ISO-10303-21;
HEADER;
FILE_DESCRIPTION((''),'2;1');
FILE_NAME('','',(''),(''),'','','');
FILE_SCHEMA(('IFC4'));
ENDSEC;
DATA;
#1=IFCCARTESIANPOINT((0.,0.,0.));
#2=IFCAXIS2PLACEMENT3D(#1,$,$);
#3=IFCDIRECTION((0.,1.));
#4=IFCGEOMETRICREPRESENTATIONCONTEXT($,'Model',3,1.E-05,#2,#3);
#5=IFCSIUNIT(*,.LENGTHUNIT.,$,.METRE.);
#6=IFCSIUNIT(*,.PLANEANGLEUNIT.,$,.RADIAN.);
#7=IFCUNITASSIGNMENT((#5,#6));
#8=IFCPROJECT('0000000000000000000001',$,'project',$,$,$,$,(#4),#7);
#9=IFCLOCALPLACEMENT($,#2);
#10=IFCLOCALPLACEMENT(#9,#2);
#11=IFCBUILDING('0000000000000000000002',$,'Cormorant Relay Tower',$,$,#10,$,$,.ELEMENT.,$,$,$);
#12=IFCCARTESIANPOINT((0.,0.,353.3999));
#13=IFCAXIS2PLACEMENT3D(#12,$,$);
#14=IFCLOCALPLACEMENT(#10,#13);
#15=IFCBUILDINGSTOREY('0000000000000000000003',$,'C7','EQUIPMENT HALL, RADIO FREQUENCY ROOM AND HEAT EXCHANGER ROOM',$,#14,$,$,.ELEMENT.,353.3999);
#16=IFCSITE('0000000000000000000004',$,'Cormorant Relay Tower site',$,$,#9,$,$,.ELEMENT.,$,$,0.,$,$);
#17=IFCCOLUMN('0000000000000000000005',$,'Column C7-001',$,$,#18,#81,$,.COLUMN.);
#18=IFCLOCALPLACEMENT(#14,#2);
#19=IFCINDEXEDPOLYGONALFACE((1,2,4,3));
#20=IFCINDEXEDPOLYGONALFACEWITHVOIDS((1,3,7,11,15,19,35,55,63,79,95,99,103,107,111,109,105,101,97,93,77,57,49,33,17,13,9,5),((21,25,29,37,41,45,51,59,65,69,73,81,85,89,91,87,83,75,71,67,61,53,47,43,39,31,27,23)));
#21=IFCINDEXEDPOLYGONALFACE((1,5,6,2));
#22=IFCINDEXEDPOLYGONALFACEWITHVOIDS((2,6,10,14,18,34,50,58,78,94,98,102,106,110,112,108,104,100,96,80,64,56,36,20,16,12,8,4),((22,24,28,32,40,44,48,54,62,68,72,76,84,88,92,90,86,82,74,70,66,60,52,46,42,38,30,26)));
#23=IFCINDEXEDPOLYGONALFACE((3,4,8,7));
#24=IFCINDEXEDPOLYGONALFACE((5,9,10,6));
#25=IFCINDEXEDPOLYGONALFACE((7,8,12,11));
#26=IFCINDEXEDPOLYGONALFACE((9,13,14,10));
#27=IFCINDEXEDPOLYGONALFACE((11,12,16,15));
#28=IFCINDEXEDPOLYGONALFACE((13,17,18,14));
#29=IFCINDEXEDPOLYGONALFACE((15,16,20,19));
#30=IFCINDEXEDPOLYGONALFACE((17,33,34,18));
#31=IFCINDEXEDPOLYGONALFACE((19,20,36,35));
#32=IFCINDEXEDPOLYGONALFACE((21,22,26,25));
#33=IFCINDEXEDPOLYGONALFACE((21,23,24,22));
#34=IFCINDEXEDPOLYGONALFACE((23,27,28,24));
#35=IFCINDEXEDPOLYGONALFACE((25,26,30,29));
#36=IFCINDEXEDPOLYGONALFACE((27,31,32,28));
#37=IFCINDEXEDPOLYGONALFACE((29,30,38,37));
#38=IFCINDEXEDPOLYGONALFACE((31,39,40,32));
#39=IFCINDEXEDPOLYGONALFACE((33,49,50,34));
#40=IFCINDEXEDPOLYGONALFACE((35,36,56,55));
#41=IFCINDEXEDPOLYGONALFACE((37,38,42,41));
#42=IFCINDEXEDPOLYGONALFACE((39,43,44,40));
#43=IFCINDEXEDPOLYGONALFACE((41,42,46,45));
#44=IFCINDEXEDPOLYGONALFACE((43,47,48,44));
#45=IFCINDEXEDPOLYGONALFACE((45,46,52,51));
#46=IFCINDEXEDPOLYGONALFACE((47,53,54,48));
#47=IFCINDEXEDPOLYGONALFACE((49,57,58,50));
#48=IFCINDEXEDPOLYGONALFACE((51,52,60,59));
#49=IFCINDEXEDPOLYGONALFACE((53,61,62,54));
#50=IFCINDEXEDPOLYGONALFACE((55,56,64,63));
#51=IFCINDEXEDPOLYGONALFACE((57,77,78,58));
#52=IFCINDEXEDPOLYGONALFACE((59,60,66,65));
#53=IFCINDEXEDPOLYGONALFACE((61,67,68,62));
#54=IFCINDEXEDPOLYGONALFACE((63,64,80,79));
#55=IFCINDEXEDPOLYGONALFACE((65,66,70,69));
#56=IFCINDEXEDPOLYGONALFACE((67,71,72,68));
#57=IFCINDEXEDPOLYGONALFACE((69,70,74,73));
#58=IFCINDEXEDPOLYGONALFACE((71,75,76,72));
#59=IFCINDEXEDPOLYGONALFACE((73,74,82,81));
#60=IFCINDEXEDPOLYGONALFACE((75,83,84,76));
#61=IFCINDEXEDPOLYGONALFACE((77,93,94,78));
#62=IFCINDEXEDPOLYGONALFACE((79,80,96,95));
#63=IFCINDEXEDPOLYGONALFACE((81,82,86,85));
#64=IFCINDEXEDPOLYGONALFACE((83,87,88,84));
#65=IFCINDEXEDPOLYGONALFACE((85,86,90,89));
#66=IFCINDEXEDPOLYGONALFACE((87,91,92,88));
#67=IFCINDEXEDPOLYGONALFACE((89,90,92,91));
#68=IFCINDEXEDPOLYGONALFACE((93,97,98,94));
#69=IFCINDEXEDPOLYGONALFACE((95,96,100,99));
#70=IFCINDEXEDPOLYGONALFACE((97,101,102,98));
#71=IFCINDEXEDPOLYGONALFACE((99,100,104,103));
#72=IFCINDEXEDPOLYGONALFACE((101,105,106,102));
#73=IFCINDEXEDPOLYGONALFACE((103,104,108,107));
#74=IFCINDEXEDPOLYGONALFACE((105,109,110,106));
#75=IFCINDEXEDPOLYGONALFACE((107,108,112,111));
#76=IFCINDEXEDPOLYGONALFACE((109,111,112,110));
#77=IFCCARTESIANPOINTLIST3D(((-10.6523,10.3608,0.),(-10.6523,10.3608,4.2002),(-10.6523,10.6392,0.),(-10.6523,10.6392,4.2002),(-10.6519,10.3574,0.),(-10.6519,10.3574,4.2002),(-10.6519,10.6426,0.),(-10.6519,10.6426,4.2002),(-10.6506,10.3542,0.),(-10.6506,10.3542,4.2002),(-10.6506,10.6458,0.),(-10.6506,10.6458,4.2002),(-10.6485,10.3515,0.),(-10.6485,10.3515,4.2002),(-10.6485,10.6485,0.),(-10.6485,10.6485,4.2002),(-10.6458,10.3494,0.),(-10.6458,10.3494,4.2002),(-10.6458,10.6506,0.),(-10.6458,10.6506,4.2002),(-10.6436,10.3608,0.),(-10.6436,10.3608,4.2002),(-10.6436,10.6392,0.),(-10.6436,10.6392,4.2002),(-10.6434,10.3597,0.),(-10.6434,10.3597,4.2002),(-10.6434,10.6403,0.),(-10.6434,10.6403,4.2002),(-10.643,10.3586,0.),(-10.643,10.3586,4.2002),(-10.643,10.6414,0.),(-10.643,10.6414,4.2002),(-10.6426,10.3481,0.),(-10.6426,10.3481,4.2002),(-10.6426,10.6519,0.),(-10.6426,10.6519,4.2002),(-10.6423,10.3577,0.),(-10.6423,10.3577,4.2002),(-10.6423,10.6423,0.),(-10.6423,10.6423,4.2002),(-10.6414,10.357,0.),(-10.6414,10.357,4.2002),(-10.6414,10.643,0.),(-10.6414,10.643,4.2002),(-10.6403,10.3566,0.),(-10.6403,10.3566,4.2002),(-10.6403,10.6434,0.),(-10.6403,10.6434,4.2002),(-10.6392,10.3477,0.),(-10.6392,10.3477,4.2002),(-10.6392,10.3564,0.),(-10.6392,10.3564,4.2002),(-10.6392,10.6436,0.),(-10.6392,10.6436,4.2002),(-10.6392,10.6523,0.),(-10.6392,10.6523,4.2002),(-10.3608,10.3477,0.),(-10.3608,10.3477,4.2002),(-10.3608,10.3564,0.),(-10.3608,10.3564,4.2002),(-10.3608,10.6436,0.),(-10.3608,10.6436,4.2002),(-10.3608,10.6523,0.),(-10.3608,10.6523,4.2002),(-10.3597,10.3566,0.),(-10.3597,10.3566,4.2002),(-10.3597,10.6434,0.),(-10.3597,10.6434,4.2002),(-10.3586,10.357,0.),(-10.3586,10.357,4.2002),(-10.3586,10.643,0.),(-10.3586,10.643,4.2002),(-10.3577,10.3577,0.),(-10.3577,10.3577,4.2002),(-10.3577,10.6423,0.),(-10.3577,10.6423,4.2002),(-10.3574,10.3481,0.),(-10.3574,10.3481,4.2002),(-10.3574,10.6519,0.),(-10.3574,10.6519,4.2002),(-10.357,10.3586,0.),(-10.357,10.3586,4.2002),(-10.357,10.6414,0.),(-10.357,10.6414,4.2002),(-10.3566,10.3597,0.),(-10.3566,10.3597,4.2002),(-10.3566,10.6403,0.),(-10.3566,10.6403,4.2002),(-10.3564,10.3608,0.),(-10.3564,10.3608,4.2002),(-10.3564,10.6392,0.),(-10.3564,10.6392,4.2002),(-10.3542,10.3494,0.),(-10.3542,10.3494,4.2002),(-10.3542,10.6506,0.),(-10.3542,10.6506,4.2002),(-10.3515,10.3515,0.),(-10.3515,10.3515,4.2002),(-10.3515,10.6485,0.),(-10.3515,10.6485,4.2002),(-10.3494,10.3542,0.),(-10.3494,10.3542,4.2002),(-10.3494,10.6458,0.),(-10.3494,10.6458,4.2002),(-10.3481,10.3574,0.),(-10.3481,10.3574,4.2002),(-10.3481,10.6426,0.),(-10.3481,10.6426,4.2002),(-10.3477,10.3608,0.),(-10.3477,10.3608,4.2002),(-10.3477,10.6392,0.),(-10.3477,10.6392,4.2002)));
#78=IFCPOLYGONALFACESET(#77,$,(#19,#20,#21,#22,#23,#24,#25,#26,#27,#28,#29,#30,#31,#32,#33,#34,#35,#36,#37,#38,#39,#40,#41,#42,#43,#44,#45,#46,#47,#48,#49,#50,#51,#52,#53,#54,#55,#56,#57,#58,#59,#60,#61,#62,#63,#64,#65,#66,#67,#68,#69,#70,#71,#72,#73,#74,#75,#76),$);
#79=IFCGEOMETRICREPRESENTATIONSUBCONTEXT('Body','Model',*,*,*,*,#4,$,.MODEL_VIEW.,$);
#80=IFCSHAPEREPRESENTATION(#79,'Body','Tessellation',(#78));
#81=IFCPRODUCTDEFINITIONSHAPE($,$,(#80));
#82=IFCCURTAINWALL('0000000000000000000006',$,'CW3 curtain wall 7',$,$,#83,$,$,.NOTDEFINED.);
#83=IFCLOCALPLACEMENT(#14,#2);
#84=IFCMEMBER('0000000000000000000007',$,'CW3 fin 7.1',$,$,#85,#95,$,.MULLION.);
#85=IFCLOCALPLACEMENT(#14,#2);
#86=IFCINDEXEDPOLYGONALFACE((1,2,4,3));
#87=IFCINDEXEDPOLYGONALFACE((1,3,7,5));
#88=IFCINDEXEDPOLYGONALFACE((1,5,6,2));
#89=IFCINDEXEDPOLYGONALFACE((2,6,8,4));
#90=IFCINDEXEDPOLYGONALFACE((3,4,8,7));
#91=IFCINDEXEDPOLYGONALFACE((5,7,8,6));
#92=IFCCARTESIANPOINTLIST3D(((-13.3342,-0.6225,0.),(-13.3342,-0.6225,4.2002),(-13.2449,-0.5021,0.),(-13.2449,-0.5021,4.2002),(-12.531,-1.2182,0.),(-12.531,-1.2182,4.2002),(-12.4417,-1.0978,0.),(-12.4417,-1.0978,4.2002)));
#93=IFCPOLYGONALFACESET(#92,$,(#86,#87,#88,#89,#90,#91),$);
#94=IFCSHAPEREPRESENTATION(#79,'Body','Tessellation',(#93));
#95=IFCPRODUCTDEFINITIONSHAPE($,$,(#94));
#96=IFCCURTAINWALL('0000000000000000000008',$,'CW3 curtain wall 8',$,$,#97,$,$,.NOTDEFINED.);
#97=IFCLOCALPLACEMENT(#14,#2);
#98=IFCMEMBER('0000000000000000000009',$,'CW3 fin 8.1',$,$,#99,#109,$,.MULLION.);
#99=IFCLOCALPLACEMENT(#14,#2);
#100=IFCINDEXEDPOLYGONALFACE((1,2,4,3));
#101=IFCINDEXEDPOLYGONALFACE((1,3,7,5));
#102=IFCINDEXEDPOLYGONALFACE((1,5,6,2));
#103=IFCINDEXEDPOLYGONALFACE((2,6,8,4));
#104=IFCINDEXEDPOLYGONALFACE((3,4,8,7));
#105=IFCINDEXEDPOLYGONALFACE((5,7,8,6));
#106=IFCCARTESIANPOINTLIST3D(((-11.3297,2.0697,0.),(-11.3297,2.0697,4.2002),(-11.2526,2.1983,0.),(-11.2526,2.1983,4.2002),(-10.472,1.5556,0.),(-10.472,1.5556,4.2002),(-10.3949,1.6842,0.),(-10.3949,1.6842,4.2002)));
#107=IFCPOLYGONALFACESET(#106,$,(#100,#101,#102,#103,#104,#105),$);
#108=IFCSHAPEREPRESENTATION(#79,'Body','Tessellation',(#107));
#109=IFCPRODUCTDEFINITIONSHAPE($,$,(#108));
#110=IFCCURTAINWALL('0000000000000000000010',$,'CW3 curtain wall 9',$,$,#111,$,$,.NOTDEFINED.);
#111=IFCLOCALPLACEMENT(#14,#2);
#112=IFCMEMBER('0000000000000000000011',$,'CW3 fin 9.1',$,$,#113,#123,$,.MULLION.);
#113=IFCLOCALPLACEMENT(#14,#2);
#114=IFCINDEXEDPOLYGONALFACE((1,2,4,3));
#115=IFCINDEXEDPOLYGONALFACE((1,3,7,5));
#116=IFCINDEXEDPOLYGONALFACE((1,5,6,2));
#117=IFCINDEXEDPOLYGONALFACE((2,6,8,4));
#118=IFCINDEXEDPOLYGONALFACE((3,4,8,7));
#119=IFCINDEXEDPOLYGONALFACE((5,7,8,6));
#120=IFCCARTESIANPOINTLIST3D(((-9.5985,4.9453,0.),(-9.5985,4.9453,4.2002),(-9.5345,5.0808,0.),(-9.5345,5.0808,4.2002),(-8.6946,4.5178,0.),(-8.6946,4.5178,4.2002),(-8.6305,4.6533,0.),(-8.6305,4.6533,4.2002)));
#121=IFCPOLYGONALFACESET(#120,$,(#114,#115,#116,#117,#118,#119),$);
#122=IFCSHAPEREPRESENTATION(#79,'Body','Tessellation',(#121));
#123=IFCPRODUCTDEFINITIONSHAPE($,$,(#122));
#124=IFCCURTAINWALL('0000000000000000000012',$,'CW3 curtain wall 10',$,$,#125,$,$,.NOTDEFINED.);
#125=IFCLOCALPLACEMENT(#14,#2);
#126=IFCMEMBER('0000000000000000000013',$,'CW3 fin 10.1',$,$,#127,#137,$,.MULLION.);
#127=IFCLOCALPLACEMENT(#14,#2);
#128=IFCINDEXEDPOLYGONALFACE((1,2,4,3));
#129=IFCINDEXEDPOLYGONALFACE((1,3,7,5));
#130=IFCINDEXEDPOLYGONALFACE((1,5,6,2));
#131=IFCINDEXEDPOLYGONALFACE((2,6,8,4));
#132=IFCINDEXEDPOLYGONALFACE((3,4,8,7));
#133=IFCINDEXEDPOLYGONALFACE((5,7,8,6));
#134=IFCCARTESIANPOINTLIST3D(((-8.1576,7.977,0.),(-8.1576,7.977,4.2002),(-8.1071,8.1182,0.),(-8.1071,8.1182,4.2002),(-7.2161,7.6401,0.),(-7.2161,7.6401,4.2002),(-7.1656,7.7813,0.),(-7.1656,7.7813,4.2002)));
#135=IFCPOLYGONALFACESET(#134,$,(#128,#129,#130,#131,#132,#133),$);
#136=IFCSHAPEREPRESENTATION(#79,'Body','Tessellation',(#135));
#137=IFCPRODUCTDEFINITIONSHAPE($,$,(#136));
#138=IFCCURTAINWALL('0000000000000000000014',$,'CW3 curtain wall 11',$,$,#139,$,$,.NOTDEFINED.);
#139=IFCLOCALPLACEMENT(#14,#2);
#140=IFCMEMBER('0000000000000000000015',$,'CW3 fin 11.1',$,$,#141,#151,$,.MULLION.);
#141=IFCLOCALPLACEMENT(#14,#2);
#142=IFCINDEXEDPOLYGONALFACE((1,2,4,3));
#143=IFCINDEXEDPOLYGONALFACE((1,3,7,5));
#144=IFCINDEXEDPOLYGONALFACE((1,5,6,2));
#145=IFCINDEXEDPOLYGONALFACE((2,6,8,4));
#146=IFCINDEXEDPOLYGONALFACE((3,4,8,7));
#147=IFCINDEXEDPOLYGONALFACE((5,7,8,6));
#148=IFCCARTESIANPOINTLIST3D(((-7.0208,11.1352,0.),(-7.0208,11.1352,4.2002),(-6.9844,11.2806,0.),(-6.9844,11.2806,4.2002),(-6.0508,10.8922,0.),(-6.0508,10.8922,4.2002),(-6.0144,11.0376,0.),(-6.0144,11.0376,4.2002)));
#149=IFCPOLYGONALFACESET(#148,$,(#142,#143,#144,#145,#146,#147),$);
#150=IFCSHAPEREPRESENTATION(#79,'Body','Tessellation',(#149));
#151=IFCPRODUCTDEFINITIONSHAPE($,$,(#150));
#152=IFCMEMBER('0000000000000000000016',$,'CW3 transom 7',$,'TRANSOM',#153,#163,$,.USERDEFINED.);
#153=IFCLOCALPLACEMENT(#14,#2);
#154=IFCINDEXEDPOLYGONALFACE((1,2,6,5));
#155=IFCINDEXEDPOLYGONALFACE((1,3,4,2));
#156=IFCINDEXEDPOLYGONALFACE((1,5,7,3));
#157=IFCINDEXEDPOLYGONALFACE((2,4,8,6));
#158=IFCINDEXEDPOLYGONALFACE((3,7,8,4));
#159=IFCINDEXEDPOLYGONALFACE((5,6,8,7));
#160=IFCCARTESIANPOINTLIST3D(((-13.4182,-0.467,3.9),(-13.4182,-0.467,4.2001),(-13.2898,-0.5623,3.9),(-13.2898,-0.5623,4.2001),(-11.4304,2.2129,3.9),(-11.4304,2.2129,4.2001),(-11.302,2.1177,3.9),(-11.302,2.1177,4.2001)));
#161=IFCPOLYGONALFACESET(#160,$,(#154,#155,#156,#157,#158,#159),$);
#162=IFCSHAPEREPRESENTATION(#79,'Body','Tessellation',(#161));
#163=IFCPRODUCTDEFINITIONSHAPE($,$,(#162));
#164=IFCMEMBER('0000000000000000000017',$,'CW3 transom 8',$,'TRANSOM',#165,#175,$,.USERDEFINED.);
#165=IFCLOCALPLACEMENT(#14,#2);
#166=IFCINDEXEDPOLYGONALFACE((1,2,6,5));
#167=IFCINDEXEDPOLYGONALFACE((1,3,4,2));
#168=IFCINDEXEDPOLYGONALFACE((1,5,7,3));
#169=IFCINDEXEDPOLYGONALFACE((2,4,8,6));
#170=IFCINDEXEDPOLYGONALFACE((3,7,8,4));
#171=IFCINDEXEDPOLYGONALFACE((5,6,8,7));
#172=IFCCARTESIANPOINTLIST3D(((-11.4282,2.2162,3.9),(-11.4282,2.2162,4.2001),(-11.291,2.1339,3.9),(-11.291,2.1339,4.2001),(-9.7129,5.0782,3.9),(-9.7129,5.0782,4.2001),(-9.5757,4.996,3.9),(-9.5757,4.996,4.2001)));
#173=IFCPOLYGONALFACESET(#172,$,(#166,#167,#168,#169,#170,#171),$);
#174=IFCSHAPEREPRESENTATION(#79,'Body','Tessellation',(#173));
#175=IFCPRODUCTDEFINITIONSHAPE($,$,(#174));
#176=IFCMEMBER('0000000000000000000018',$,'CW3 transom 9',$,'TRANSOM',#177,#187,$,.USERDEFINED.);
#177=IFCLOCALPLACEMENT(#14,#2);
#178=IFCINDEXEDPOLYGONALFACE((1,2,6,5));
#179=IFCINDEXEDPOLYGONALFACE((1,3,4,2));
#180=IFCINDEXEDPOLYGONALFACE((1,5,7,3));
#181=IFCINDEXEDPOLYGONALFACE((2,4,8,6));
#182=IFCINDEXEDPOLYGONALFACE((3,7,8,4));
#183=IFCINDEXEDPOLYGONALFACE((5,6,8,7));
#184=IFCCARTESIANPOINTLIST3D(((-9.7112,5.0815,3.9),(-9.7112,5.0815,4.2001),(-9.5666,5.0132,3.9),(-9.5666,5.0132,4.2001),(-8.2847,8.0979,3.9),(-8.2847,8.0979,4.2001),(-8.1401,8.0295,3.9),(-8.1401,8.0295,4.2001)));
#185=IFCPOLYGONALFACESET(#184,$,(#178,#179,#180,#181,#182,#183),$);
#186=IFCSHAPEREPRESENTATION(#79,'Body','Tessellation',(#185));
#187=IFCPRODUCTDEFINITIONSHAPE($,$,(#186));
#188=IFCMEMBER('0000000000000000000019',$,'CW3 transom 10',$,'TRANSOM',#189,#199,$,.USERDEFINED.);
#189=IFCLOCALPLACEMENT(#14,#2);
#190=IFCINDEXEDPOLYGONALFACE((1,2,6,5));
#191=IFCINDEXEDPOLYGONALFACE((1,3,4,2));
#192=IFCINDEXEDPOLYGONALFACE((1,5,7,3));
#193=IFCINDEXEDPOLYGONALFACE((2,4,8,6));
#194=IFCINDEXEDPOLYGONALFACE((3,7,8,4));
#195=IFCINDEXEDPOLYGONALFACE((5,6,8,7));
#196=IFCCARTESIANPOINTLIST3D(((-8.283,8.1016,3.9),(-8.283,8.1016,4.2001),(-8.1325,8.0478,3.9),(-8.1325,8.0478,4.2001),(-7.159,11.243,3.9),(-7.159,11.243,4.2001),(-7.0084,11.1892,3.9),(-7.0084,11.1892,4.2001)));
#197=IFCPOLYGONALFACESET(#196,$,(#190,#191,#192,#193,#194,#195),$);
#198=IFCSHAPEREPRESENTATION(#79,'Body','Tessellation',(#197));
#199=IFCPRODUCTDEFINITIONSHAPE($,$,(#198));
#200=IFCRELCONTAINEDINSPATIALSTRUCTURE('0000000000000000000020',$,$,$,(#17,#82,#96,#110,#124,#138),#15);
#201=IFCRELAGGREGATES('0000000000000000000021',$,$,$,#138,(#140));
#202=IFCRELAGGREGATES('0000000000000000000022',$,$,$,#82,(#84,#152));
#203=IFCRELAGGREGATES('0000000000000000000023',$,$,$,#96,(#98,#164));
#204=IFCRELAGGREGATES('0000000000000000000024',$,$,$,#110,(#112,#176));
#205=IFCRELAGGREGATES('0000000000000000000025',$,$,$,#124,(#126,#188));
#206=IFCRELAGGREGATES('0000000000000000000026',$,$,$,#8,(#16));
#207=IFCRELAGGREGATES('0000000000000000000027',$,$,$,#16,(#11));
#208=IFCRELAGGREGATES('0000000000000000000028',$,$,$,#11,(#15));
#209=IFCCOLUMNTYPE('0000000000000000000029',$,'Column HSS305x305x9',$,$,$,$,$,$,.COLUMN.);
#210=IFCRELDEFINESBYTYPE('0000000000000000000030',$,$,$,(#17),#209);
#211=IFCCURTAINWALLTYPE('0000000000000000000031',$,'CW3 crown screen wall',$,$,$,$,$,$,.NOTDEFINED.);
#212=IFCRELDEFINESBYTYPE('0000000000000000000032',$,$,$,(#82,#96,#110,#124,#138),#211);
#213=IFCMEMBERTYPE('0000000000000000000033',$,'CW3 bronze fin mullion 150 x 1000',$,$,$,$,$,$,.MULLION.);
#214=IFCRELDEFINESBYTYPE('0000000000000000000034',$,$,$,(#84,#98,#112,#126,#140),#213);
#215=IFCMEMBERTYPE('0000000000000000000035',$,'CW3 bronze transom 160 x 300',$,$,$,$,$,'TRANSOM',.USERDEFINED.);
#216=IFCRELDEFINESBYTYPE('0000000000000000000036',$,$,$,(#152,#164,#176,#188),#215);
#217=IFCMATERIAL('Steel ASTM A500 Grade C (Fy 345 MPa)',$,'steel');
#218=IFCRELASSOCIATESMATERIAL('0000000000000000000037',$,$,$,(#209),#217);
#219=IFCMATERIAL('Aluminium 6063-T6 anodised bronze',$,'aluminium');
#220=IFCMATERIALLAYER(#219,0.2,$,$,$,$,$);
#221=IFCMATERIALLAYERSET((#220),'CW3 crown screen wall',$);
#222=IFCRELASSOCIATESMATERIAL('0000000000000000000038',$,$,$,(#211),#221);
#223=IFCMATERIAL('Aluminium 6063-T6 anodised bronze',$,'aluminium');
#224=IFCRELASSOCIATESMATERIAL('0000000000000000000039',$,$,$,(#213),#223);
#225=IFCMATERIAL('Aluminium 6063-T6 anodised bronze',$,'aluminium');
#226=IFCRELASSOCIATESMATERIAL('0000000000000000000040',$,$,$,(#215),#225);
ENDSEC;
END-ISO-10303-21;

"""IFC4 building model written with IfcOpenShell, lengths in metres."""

from ifc_helpers import new_model, si_unit, direction, frame, origin, origin_2d, place, context, subcontext, project, spatial, rectangle, hollow_rectangle, extrude, material, layer, layer_set, material_profile, profile_set, type_object, element, aggregate, save


model = new_model("IFC4")

# Units and contexts
model_context = context("Model", 3, precision=1e-05, world=origin(), true_north=direction((0.0, 1.0)))
body_context = subcontext(model_context, "Body", "Model", "MODEL_VIEW")
ifc_project = project(units=[si_unit("LENGTHUNIT", "METRE"), si_unit("PLANEANGLEUNIT", "RADIAN")], contexts=[model_context])

# Site, building, storey
site_placement = place(None, origin())
site = spatial("IfcSite", under=ifc_project, at=site_placement, Name="Cormorant Relay Tower site", CompositionType="ELEMENT", RefElevation=0.0)
building_placement = place(site_placement, origin())
building = spatial("IfcBuilding", under=site, at=building_placement, Name="Cormorant Relay Tower", CompositionType="ELEMENT")
storey_placement = place(building_placement, frame((0.0, 0.0, 353.3999)))
storey = spatial("IfcBuildingStorey", under=building, at=storey_placement, Name="C7", Description="EQUIPMENT HALL, RADIO FREQUENCY ROOM AND HEAT EXCHANGER ROOM", CompositionType="ELEMENT", Elevation=353.3999)

# Column
ifc_material_1 = material(Name="Steel ASTM A500 Grade C (Fy 345 MPa)", Category="steel")
ifc_material_profile_1 = material_profile(ifc_material_1, hollow_rectangle(XDim=0.3047, YDim=0.3047, WallThickness=0.0088, InnerFilletRadius=0.0044, OuterFilletRadius=0.0132, at=origin_2d()), Name="HSS305x305x9")
ifc_profile_set_1 = profile_set([ifc_material_profile_1], Name="Steel ASTM A500 Grade C (Fy 345 MPa)")
column_type = type_object("IfcColumnType", Name="Column HSS305x305x9", PredefinedType="COLUMN", material=ifc_profile_set_1)
column_placement = place(storey_placement, frame((-10.5, 10.5, 0.0), z_axis=(0.0, 0.0, 1.0), x_axis=(1.0, 0.0, 0.0)))
element("IfcColumn", 1, at=column_placement, inside=storey, type_object=column_type, Name="Column C7-001", PredefinedType="COLUMN", context=body_context, shape_type="SweptSolid", body=[
    extrude(hollow_rectangle(XDim=0.3047, YDim=0.3047, WallThickness=0.0088, InnerFilletRadius=0.0044, OuterFilletRadius=0.0132, at=origin_2d()), origin(), (0.0, 0.0, 1.0), 4.2002),
])

# Curtain walls, members
ifc_material_2 = material(Name="Aluminium 6063-T6 anodised bronze", Category="aluminium")
ifc_layer_1 = layer(ifc_material_2, 0.2)
ifc_layer_set_1 = layer_set([ifc_layer_1], Name="CW3 crown screen wall")
curtain_wall_type = type_object("IfcCurtainWallType", Name="CW3 crown screen wall", PredefinedType="NOTDEFINED", material=ifc_layer_set_1)
curtain_wall_1_placement = place(storey_placement, origin())
curtain_wall_1 = element("IfcCurtainWall", 2, at=curtain_wall_1_placement, inside=storey, type_object=curtain_wall_type, Name="CW3 curtain wall 7", PredefinedType="NOTDEFINED")
ifc_material_3 = material(Name="Aluminium 6063-T6 anodised bronze", Category="aluminium")
ifc_material_profile_2 = material_profile(ifc_material_3, rectangle(XDim=0.1499, YDim=1.0, at=origin_2d()), Name="AL 150x1000")
ifc_profile_set_2 = profile_set([ifc_material_profile_2], Name="Aluminium 6063-T6 anodised bronze")
member_type_1 = type_object("IfcMemberType", Name="CW3 bronze fin mullion 150 x 1000", PredefinedType="MULLION", material=ifc_profile_set_2)
member_1_placement = place(storey_placement, frame((-12.8879, -0.8601, 0.0), z_axis=(0.0, 0.0, 1.0), x_axis=(0.595699, 0.803208, 0.0)))
member_1 = element("IfcMember", 3, at=member_1_placement, type_object=member_type_1, Name="CW3 fin 7.1", PredefinedType="MULLION", context=body_context, shape_type="SweptSolid", body=[
    extrude(rectangle(XDim=0.1499, YDim=1.0, at=origin_2d()), origin(), (0.0, 0.0, 1.0), 4.2002),
])
curtain_wall_2_placement = place(storey_placement, origin())
curtain_wall_2 = element("IfcCurtainWall", 4, at=curtain_wall_2_placement, inside=storey, type_object=curtain_wall_type, Name="CW3 curtain wall 8", PredefinedType="NOTDEFINED")
member_2_placement = place(storey_placement, frame((-10.8623, 1.877, 0.0), z_axis=(0.0, 0.0, 1.0), x_axis=(0.514103, 0.857729, 0.0)))
member_2 = element("IfcMember", 5, at=member_2_placement, type_object=member_type_1, Name="CW3 fin 8.1", PredefinedType="MULLION", context=body_context, shape_type="SweptSolid", body=[
    extrude(rectangle(XDim=0.1499, YDim=1.0, at=origin_2d()), origin(), (0.0, 0.0, 1.0), 4.2002),
])
curtain_wall_3_placement = place(storey_placement, origin())
curtain_wall_3 = element("IfcCurtainWall", 6, at=curtain_wall_3_placement, inside=storey, type_object=curtain_wall_type, Name="CW3 curtain wall 9", PredefinedType="NOTDEFINED")
member_3_placement = place(storey_placement, frame((-9.1145, 4.7993, 0.0), z_axis=(0.0, 0.0, 1.0), x_axis=(0.427555, 0.903989, 0.0)))
member_3 = element("IfcMember", 7, at=member_3_placement, type_object=member_type_1, Name="CW3 fin 9.1", PredefinedType="MULLION", context=body_context, shape_type="SweptSolid", body=[
    extrude(rectangle(XDim=0.1499, YDim=1.0, at=origin_2d()), origin(), (0.0, 0.0, 1.0), 4.2002),
])
curtain_wall_4_placement = place(storey_placement, origin())
curtain_wall_4 = element("IfcCurtainWall", 8, at=curtain_wall_4_placement, inside=storey, type_object=curtain_wall_type, Name="CW3 curtain wall 10", PredefinedType="NOTDEFINED")
member_4_placement = place(storey_placement, frame((-7.6616, 7.8792, 0.0), z_axis=(0.0, 0.0, 1.0), x_axis=(0.33689, 0.941544, 0.0)))
member_4 = element("IfcMember", 9, at=member_4_placement, type_object=member_type_1, Name="CW3 fin 10.1", PredefinedType="MULLION", context=body_context, shape_type="SweptSolid", body=[
    extrude(rectangle(XDim=0.1499, YDim=1.0, at=origin_2d()), origin(), (0.0, 0.0, 1.0), 4.2002),
])
curtain_wall_5_placement = place(storey_placement, origin())
curtain_wall_5 = element("IfcCurtainWall", 10, at=curtain_wall_5_placement, inside=storey, type_object=curtain_wall_type, Name="CW3 curtain wall 11", PredefinedType="NOTDEFINED")
member_5_placement = place(storey_placement, frame((-6.5176, 11.0864, 0.0), z_axis=(0.0, 0.0, 1.0), x_axis=(0.24298, 0.970031, 0.0)))
member_5 = element("IfcMember", 11, at=member_5_placement, type_object=member_type_1, Name="CW3 fin 11.1", PredefinedType="MULLION", context=body_context, shape_type="SweptSolid", body=[
    extrude(rectangle(XDim=0.1499, YDim=1.0, at=origin_2d()), origin(), (0.0, 0.0, 1.0), 4.2002),
])
aggregate(curtain_wall_5, [member_5])

# Members
ifc_material_4 = material(Name="Aluminium 6063-T6 anodised bronze", Category="aluminium")
ifc_material_profile_3 = material_profile(ifc_material_4, rectangle(XDim=0.1599, YDim=0.3, at=origin_2d()), Name="AL 160x300")
ifc_profile_set_3 = profile_set([ifc_material_profile_3], Name="Aluminium 6063-T6 anodised bronze")
member_type_2 = type_object("IfcMemberType", Name="CW3 bronze transom 160 x 300", ElementType="TRANSOM", PredefinedType="USERDEFINED", material=ifc_profile_set_3)
member_6_placement = place(storey_placement, frame((-13.354, -0.5146, 4.05), z_axis=(0.595742, 0.803176, 0.0), x_axis=(-0.803176, 0.595742, 0.0)))
member_6 = element("IfcMember", 12, at=member_6_placement, type_object=member_type_2, Name="CW3 transom 7", ObjectType="TRANSOM", PredefinedType="USERDEFINED", context=body_context, shape_type="SweptSolid", body=[
    extrude(rectangle(XDim=0.1599, YDim=0.3, at=origin_2d()), origin(), (0.0, 0.0, 1.0), 3.3367),
])
member_7_placement = place(storey_placement, frame((-11.3596, 2.175, 4.05), z_axis=(0.514076, 0.857745, 0.0), x_axis=(-0.857745, 0.514076, 0.0)))
member_7 = element("IfcMember", 13, at=member_7_placement, type_object=member_type_2, Name="CW3 transom 8", ObjectType="TRANSOM", PredefinedType="USERDEFINED", context=body_context, shape_type="SweptSolid", body=[
    extrude(rectangle(XDim=0.1599, YDim=0.3, at=origin_2d()), origin(), (0.0, 0.0, 1.0), 3.3367),
])
member_8_placement = place(storey_placement, frame((-9.6389, 5.0474, 4.05), z_axis=(0.427526, 0.904003, 0.0), x_axis=(-0.904003, 0.427526, 0.0)))
member_8 = element("IfcMember", 14, at=member_8_placement, type_object=member_type_2, Name="CW3 transom 9", ObjectType="TRANSOM", PredefinedType="USERDEFINED", context=body_context, shape_type="SweptSolid", body=[
    extrude(rectangle(XDim=0.1599, YDim=0.3, at=origin_2d()), origin(), (0.0, 0.0, 1.0), 3.3367),
])
member_9_placement = place(storey_placement, frame((-8.2078, 8.0747, 4.05), z_axis=(0.336897, 0.941541, 0.0), x_axis=(-0.941541, 0.336897, 0.0)))
member_9 = element("IfcMember", 15, at=member_9_placement, type_object=member_type_2, Name="CW3 transom 10", ObjectType="TRANSOM", PredefinedType="USERDEFINED", context=body_context, shape_type="SweptSolid", body=[
    extrude(rectangle(XDim=0.1599, YDim=0.3, at=origin_2d()), origin(), (0.0, 0.0, 1.0), 3.3364),
])

aggregate(curtain_wall_1, [member_1, member_6])
aggregate(curtain_wall_2, [member_2, member_7])
aggregate(curtain_wall_3, [member_3, member_8])
aggregate(curtain_wall_4, [member_4, member_9])

save(model, "model.ifc")
